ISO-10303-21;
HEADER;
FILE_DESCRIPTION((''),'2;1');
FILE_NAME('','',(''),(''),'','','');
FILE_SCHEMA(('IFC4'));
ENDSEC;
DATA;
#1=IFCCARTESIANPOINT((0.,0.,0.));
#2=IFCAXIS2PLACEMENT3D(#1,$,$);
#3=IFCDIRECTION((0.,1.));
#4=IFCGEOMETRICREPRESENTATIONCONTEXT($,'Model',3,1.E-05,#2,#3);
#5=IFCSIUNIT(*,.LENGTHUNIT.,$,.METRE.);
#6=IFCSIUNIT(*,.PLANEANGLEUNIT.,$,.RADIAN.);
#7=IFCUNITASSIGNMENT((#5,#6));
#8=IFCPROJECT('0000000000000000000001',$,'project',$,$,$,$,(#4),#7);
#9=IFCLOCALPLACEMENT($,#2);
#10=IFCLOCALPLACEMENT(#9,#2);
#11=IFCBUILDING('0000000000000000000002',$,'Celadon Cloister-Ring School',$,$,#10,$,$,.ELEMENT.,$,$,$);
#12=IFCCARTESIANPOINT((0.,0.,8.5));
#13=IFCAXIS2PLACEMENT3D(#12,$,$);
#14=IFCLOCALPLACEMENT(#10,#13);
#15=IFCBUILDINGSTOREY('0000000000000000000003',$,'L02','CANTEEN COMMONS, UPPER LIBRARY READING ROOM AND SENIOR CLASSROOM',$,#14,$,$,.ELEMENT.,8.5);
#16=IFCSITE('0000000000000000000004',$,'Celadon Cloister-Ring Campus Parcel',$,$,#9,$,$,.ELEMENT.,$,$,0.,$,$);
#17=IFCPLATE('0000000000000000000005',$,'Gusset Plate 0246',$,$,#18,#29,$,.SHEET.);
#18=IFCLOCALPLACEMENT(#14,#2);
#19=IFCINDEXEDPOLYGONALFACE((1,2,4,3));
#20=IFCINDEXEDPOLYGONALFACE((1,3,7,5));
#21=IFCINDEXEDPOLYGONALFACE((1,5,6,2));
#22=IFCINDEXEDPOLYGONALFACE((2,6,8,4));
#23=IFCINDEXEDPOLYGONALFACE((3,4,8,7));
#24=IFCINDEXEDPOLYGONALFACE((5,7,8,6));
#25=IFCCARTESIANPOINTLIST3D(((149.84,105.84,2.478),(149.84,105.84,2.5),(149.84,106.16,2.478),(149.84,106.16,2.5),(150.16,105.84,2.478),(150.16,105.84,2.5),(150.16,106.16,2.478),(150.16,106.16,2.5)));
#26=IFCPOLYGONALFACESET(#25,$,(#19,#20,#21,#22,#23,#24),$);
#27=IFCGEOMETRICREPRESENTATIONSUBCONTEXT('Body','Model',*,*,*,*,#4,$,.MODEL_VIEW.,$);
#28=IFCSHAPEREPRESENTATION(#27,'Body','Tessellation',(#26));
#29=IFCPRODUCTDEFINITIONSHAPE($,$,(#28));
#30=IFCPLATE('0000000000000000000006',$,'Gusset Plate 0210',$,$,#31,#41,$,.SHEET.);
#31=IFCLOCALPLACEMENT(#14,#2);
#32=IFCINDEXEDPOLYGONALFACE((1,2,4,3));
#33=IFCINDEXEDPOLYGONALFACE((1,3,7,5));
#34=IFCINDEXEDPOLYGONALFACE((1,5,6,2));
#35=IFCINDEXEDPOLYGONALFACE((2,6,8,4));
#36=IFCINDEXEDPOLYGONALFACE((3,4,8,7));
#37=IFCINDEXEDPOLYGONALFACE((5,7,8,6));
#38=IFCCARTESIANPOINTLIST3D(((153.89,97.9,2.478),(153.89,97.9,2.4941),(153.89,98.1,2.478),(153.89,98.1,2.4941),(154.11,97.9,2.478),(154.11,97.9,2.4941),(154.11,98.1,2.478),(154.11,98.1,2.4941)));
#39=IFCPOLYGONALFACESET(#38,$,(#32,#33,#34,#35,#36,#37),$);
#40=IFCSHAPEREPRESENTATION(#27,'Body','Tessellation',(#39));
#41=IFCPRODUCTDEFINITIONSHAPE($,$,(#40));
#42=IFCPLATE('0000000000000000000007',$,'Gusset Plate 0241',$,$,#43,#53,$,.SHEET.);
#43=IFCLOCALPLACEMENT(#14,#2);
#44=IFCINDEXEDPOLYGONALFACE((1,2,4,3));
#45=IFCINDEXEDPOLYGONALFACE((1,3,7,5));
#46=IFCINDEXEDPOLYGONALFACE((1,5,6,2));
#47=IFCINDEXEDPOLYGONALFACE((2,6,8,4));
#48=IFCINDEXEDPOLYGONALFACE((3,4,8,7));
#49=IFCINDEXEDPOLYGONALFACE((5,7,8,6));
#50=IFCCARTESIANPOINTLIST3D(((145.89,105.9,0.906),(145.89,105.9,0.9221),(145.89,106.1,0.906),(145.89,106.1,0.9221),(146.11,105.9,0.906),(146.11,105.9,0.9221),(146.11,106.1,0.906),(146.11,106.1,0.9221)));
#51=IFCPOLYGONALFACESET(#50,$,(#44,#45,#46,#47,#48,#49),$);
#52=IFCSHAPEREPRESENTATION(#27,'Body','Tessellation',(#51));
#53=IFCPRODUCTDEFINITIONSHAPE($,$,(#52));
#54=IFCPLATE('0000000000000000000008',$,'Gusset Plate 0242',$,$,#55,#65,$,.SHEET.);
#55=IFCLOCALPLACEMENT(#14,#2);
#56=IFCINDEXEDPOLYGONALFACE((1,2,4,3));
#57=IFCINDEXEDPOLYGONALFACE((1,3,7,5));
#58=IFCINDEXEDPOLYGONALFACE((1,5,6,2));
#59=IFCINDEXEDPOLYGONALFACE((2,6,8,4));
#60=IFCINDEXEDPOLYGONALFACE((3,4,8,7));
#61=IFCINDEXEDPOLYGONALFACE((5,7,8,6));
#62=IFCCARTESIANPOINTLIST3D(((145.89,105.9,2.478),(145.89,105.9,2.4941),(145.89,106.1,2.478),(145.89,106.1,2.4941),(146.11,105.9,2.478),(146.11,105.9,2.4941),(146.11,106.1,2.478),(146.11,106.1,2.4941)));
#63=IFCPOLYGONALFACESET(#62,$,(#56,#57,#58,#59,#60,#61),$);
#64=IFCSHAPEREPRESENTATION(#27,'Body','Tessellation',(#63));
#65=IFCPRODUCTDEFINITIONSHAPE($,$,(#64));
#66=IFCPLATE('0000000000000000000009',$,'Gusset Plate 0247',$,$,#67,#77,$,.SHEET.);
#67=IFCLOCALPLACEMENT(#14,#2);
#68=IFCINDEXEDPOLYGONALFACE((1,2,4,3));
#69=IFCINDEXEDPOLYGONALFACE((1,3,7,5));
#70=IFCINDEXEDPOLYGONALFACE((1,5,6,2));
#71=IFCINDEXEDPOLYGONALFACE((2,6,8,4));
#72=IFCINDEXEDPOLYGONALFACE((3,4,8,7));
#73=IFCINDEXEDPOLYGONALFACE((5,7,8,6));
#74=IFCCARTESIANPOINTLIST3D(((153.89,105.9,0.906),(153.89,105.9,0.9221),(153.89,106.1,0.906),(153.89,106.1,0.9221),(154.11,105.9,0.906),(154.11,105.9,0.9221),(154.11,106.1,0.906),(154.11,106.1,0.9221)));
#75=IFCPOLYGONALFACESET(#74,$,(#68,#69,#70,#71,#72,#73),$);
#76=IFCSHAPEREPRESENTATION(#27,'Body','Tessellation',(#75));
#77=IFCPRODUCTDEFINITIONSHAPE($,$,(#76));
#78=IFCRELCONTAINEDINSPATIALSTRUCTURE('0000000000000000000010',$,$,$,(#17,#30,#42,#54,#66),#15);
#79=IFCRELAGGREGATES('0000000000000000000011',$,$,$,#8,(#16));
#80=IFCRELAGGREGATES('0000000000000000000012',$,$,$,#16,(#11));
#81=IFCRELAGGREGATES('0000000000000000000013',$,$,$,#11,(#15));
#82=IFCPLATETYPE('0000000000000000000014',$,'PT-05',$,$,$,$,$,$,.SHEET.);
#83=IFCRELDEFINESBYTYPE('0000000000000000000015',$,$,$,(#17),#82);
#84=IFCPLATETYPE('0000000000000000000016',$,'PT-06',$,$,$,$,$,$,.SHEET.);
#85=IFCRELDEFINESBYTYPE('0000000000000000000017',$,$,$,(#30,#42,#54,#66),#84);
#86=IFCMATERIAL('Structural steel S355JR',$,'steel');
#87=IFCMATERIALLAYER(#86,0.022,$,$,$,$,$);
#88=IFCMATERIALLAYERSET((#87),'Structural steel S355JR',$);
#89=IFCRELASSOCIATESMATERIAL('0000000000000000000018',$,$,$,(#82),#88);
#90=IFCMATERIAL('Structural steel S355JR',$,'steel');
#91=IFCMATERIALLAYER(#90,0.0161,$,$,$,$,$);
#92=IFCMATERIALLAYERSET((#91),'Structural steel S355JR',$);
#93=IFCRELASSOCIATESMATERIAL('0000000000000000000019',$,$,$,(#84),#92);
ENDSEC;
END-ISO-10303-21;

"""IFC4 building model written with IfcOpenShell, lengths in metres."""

from ifc_helpers import new_model, si_unit, direction, frame, origin, origin_2d, place, context, subcontext, project, spatial, rectangle, extrude, material, layer, layer_set, type_object, element, save


model = new_model("IFC4")

# Units and contexts
model_context = context("Model", 3, precision=1e-05, world=origin(), true_north=direction((0.0, 1.0)))
body_context = subcontext(model_context, "Body", "Model", "MODEL_VIEW")
ifc_project = project(units=[si_unit("LENGTHUNIT", "METRE"), si_unit("PLANEANGLEUNIT", "RADIAN")], contexts=[model_context])

# Site, building, storey
site_placement = place(None, origin())
site = spatial("IfcSite", under=ifc_project, at=site_placement, Name="Celadon Cloister-Ring Campus Parcel", CompositionType="ELEMENT", RefElevation=0.0)
building_placement = place(site_placement, origin())
building = spatial("IfcBuilding", under=site, at=building_placement, Name="Celadon Cloister-Ring School", CompositionType="ELEMENT")
storey_placement = place(building_placement, frame((0.0, 0.0, 8.5)))
storey = spatial("IfcBuildingStorey", under=building, at=storey_placement, Name="L02", Description="CANTEEN COMMONS, UPPER LIBRARY READING ROOM AND SENIOR CLASSROOM", CompositionType="ELEMENT", Elevation=8.5)

# Plates
ifc_material_1 = material(Name="Structural steel S355JR", Category="steel")
ifc_layer_1 = layer(ifc_material_1, 0.022)
ifc_layer_set_1 = layer_set([ifc_layer_1], Name="Structural steel S355JR")
plate_type_1 = type_object("IfcPlateType", Name="PT-05", PredefinedType="SHEET", material=ifc_layer_set_1)
for number, where, z_axis, x_axis, name in (
    (1, (150.0, 106.0, 2.478), (0.0, 0.0, 1.0), (1.0, 0.0, 0.0), "Gusset Plate 0246"),
):
    element("IfcPlate", number, at=place(storey_placement, frame(where, z_axis=z_axis, x_axis=x_axis)), inside=storey, type_object=plate_type_1, Name=name, PredefinedType="SHEET", context=body_context, shape_type="SweptSolid", body=[
        extrude(rectangle(XDim=0.3201, YDim=0.3201, at=origin_2d()), origin(), (0.0, 0.0, 1.0), 0.022),
    ])
ifc_material_2 = material(Name="Structural steel S355JR", Category="steel")
ifc_layer_2 = layer(ifc_material_2, 0.0161)
ifc_layer_set_2 = layer_set([ifc_layer_2], Name="Structural steel S355JR")
plate_type_2 = type_object("IfcPlateType", Name="PT-06", PredefinedType="SHEET", material=ifc_layer_set_2)
for number, where, z_axis, x_axis, name in (
    (2, (154.0, 98.0, 2.478), (0.0, 0.0, 1.0), (1.0, 0.0, 0.0), "Gusset Plate 0210"),
    (3, (146.0, 106.0, 0.906), (0.0, 0.0, 1.0), (1.0, 0.0, 0.0), "Gusset Plate 0241"),
    (4, (146.0, 106.0, 2.478), (0.0, 0.0, 1.0), (1.0, 0.0, 0.0), "Gusset Plate 0242"),
    (5, (154.0, 106.0, 0.906), (0.0, 0.0, 1.0), (1.0, 0.0, 0.0), "Gusset Plate 0247"),
):
    element("IfcPlate", number, at=place(storey_placement, frame(where, z_axis=z_axis, x_axis=x_axis)), inside=storey, type_object=plate_type_2, Name=name, PredefinedType="SHEET", context=body_context, shape_type="SweptSolid", body=[
        extrude(rectangle(XDim=0.22, YDim=0.2, at=origin_2d()), origin(), (0.0, 0.0, 1.0), 0.0161),
    ])

save(model, "model.ifc")
